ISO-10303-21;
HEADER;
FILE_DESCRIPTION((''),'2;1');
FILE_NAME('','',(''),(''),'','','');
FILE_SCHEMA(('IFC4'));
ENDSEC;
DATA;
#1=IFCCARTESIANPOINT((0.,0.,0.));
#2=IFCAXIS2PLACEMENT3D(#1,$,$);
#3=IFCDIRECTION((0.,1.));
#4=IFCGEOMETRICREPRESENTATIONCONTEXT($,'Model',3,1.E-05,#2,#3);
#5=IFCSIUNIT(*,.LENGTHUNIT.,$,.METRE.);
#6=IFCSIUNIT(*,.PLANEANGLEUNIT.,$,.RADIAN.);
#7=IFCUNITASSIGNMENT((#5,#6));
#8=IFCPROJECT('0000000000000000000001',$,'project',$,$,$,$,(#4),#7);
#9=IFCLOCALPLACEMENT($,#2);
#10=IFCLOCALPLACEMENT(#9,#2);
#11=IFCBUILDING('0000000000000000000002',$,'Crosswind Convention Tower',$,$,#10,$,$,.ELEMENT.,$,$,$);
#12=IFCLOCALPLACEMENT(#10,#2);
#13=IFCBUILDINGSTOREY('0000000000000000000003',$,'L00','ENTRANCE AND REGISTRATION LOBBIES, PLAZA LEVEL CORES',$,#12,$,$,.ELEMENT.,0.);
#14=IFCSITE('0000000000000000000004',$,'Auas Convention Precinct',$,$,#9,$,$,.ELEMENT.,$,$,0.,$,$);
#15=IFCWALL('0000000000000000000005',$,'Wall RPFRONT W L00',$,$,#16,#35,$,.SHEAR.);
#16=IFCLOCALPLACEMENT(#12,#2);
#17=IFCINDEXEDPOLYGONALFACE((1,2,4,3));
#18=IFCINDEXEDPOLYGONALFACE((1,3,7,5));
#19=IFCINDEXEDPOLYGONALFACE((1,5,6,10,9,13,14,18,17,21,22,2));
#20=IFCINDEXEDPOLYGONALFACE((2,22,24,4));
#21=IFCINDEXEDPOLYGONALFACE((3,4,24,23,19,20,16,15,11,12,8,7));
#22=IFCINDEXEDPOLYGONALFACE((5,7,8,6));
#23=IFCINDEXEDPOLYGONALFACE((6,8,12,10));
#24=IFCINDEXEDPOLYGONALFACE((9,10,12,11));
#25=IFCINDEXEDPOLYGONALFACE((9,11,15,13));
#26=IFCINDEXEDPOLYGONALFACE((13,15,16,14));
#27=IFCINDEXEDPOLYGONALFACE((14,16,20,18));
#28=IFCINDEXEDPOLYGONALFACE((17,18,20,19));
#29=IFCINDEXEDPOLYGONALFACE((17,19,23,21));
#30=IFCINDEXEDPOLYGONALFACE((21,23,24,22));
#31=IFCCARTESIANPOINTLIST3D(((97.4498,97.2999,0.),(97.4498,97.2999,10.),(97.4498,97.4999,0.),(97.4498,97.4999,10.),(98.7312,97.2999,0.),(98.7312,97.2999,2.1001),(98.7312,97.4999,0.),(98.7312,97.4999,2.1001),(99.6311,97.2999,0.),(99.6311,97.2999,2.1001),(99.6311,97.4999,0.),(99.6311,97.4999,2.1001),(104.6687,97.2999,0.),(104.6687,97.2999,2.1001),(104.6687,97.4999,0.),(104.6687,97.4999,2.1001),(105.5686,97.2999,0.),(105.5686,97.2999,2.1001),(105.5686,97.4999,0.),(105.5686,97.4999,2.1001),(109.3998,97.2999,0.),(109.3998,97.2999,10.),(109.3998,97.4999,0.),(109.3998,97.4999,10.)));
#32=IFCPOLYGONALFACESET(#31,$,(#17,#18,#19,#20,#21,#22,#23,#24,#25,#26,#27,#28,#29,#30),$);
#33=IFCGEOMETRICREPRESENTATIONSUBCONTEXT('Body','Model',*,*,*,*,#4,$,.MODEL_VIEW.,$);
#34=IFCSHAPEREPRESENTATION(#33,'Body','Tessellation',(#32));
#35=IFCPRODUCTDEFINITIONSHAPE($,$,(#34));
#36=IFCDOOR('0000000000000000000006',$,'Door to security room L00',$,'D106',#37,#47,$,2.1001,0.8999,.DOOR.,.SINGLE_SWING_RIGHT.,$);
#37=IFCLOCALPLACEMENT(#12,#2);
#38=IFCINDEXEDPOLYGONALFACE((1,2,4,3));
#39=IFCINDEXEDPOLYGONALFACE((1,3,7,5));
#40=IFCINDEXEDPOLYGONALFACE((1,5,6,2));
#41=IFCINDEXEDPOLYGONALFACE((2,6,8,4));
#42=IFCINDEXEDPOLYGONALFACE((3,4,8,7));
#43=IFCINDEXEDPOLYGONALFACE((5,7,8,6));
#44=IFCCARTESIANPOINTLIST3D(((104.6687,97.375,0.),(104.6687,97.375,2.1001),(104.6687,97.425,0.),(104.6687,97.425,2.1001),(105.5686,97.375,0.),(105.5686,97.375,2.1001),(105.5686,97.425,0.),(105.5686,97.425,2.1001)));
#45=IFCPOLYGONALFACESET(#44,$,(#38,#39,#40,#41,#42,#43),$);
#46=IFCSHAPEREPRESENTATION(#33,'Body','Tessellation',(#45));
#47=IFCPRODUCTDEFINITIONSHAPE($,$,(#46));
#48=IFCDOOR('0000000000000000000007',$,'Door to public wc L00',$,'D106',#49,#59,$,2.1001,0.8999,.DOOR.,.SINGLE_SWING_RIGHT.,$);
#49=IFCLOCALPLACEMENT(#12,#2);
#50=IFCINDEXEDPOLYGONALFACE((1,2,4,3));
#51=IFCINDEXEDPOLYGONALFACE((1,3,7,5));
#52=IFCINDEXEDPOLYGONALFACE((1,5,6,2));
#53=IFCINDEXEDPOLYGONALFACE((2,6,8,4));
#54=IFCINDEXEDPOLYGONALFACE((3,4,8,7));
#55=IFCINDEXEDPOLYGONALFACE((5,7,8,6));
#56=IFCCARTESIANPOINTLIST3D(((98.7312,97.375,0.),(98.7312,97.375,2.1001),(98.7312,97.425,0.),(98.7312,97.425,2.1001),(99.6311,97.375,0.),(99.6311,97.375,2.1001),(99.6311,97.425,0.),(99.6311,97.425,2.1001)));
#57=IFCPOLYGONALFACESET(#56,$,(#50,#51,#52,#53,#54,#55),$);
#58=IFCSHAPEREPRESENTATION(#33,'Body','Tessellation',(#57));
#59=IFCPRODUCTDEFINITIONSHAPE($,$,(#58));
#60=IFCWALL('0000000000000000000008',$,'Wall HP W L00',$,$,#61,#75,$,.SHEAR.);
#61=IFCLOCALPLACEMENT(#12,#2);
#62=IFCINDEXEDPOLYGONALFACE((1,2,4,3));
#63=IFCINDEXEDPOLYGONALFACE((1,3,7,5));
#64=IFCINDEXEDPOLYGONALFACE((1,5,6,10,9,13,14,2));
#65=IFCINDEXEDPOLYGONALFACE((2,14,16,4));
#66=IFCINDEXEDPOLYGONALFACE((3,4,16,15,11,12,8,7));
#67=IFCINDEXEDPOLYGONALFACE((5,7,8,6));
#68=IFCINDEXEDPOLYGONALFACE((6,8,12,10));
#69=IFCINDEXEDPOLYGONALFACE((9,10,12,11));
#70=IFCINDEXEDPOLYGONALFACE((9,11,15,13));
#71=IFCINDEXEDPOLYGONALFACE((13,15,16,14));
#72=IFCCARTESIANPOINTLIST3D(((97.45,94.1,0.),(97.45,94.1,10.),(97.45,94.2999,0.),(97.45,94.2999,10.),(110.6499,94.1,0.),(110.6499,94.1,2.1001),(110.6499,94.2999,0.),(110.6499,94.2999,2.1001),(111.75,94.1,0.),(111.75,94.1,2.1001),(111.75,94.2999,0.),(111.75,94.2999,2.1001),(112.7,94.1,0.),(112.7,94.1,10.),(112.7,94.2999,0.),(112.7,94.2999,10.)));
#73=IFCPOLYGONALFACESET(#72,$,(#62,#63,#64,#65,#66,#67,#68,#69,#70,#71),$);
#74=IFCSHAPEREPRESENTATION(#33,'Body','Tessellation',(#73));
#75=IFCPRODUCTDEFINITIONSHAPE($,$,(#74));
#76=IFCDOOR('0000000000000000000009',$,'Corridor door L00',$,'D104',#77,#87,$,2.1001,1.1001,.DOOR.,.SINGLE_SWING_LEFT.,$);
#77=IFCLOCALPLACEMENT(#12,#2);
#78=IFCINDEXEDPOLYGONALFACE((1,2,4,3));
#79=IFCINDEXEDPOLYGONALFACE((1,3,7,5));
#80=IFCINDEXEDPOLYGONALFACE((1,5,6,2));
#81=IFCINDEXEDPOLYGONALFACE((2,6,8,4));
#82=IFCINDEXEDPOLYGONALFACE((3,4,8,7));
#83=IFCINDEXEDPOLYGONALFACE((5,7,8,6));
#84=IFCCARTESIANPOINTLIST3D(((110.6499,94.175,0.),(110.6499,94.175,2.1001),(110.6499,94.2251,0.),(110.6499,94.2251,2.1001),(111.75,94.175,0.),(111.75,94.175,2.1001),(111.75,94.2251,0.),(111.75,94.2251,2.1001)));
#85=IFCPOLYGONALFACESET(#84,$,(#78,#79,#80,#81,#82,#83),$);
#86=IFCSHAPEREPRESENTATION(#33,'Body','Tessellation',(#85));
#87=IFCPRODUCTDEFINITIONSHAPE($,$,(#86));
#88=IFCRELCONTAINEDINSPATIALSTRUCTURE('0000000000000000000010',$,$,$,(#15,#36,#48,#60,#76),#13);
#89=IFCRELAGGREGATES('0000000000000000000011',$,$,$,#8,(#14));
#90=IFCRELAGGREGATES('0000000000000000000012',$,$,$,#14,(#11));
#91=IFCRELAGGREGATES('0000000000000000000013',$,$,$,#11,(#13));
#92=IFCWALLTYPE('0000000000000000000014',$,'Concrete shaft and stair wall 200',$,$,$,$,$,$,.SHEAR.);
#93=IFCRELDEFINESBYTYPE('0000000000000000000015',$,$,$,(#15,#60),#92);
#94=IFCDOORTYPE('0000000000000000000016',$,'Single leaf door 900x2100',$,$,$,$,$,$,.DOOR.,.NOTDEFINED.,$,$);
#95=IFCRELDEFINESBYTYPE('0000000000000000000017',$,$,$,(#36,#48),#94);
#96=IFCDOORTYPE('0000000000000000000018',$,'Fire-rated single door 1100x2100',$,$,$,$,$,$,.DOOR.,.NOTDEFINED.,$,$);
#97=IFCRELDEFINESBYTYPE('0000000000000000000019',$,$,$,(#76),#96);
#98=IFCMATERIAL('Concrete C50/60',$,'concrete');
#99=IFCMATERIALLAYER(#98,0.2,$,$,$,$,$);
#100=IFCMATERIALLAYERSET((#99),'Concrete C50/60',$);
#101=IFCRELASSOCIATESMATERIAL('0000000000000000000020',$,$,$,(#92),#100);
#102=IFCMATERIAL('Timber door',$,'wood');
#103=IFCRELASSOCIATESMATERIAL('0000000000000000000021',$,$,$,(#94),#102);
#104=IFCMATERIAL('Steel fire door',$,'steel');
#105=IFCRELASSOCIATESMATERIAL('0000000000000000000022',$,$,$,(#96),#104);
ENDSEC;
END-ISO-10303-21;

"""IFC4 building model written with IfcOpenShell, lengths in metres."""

from ifc_helpers import new_model, si_unit, direction, frame, frame_2d, origin, place, context, subcontext, project, spatial, rectangle, extrude, material, layer, layer_set, type_object, element, fill, save


model = new_model("IFC4")

# Units and contexts
model_context = context("Model", 3, precision=1e-05, world=origin(), true_north=direction((0.0, 1.0)))
body_context = subcontext(model_context, "Body", "Model", "MODEL_VIEW")
ifc_project = project(units=[si_unit("LENGTHUNIT", "METRE"), si_unit("PLANEANGLEUNIT", "RADIAN")], contexts=[model_context])

# Site, building, storey
site_placement = place(None, origin())
site = spatial("IfcSite", under=ifc_project, at=site_placement, Name="Auas Convention Precinct", CompositionType="ELEMENT", RefElevation=0.0)
building_placement = place(site_placement, origin())
building = spatial("IfcBuilding", under=site, at=building_placement, Name="Crosswind Convention Tower", CompositionType="ELEMENT")
storey_placement = place(building_placement, origin())
storey = spatial("IfcBuildingStorey", under=building, at=storey_placement, Name="L00", Description="ENTRANCE AND REGISTRATION LOBBIES, PLAZA LEVEL CORES", CompositionType="ELEMENT", Elevation=0.0)

# Shared definitions
ifc_material_1 = material(Name="Concrete C50/60", Category="concrete")

# Shared definitions
ifc_layer_1 = layer(ifc_material_1, 0.2)
ifc_layer_set_1 = layer_set([ifc_layer_1], Name="Concrete C50/60")
wall_type_1 = type_object("IfcWallType", Name="Concrete shaft and stair wall 200", PredefinedType="SHEAR", material=ifc_layer_set_1)

# Wall, openings, doors
wall_1_placement = place(storey_placement, frame((109.3999, 97.3999, 0.0), z_axis=(0.0, 0.0, 1.0), x_axis=(-1.0, 0.0, 0.0)))
wall_1 = element("IfcWall", 1, at=wall_1_placement, inside=storey, type_object=wall_type_1, Name="Wall RPFRONT W L00", PredefinedType="SHEAR", context=body_context, shape_type="SweptSolid", body=[
    extrude(rectangle(XDim=11.95, YDim=0.2, at=frame_2d((5.9751, 0.0))), origin(), (0.0, 0.0, 1.0), 10.0),
])
opening_1_placement = place(wall_1_placement, frame((3.8313, 0.0, 0.0)))
opening_1 = element("IfcOpeningElement", 2, at=opening_1_placement, cuts=wall_1, PredefinedType="OPENING", context=body_context, shape_type="SweptSolid", body=[
    extrude(rectangle(XDim=0.8999, YDim=2.1001, at=frame_2d((0.45, 1.05))), frame((0.0, 0.1099, 0.0), z_axis=(0.0, -1.0, 0.0), x_axis=(1.0, 0.0, 0.0)), (0.0, 0.0, 1.0), 0.22),
])
opening_2_placement = place(wall_1_placement, frame((9.7688, 0.0, 0.0)))
opening_2 = element("IfcOpeningElement", 3, at=opening_2_placement, cuts=wall_1, PredefinedType="OPENING", context=body_context, shape_type="SweptSolid", body=[
    extrude(rectangle(XDim=0.8999, YDim=2.1001, at=frame_2d((0.45, 1.05))), frame((0.0, 0.1099, 0.0), z_axis=(0.0, -1.0, 0.0), x_axis=(1.0, 0.0, 0.0)), (0.0, 0.0, 1.0), 0.22),
])
ifc_material_2 = material(Name="Timber door", Category="wood")
door_type_1 = type_object("IfcDoorType", Name="Single leaf door 900x2100", OperationType="NOTDEFINED", PredefinedType="DOOR", material=ifc_material_2)
door_1_placement = place(opening_1_placement, origin())
door_1 = element("IfcDoor", 4, at=door_1_placement, inside=storey, type_object=door_type_1, Name="Door to security room L00", ObjectType="D106", OperationType="SINGLE_SWING_RIGHT", OverallHeight=2.1001, OverallWidth=0.8999, PredefinedType="DOOR", context=body_context, shape_type="SweptSolid", body=[
    extrude(rectangle(XDim=0.8999, YDim=2.1001, at=frame_2d((0.45, 1.05))), frame((0.0, 0.0249, 0.0), z_axis=(0.0, -1.0, 0.0), x_axis=(1.0, 0.0, 0.0)), (0.0, 0.0, 1.0), 0.05),
])
fill(opening_1, door_1)
door_2_placement = place(opening_2_placement, origin())
door_2 = element("IfcDoor", 5, at=door_2_placement, inside=storey, type_object=door_type_1, Name="Door to public wc L00", ObjectType="D106", OperationType="SINGLE_SWING_RIGHT", OverallHeight=2.1001, OverallWidth=0.8999, PredefinedType="DOOR", context=body_context, shape_type="SweptSolid", body=[
    extrude(rectangle(XDim=0.8999, YDim=2.1001, at=frame_2d((0.45, 1.05))), frame((0.0, 0.0249, 0.0), z_axis=(0.0, -1.0, 0.0), x_axis=(1.0, 0.0, 0.0)), (0.0, 0.0, 1.0), 0.05),
])
fill(opening_2, door_2)

# Wall, opening, door
wall_2_placement = place(storey_placement, frame((112.7, 94.2, 0.0), z_axis=(0.0, 0.0, 1.0), x_axis=(-1.0, 0.0, 0.0)))
wall_2 = element("IfcWall", 6, at=wall_2_placement, inside=storey, type_object=wall_type_1, Name="Wall HP W L00", PredefinedType="SHEAR", context=body_context, shape_type="SweptSolid", body=[
    extrude(rectangle(XDim=15.25, YDim=0.2, at=frame_2d((7.625, 0.0))), origin(), (0.0, 0.0, 1.0), 10.0),
])
opening_3_placement = place(wall_2_placement, frame((0.95, 0.0, 0.0)))
opening_3 = element("IfcOpeningElement", 7, at=opening_3_placement, cuts=wall_2, PredefinedType="OPENING", context=body_context, shape_type="SweptSolid", body=[
    extrude(rectangle(XDim=1.1001, YDim=2.1001, at=frame_2d((0.55, 1.05))), frame((0.0, 0.1099, 0.0), z_axis=(0.0, -1.0, 0.0), x_axis=(1.0, 0.0, 0.0)), (0.0, 0.0, 1.0), 0.22),
])
ifc_material_3 = material(Name="Steel fire door", Category="steel")
door_type_2 = type_object("IfcDoorType", Name="Fire-rated single door 1100x2100", OperationType="NOTDEFINED", PredefinedType="DOOR", material=ifc_material_3)
door_3_placement = place(opening_3_placement, origin())
door_3 = element("IfcDoor", 8, at=door_3_placement, inside=storey, type_object=door_type_2, Name="Corridor door L00", ObjectType="D104", OperationType="SINGLE_SWING_LEFT", OverallHeight=2.1001, OverallWidth=1.1001, PredefinedType="DOOR", context=body_context, shape_type="SweptSolid", body=[
    extrude(rectangle(XDim=1.1001, YDim=2.1001, at=frame_2d((0.55, 1.05))), frame((0.0, 0.0249, 0.0), z_axis=(0.0, -1.0, 0.0), x_axis=(1.0, 0.0, 0.0)), (0.0, 0.0, 1.0), 0.05),
])
fill(opening_3, door_3)

save(model, "model.ifc")
